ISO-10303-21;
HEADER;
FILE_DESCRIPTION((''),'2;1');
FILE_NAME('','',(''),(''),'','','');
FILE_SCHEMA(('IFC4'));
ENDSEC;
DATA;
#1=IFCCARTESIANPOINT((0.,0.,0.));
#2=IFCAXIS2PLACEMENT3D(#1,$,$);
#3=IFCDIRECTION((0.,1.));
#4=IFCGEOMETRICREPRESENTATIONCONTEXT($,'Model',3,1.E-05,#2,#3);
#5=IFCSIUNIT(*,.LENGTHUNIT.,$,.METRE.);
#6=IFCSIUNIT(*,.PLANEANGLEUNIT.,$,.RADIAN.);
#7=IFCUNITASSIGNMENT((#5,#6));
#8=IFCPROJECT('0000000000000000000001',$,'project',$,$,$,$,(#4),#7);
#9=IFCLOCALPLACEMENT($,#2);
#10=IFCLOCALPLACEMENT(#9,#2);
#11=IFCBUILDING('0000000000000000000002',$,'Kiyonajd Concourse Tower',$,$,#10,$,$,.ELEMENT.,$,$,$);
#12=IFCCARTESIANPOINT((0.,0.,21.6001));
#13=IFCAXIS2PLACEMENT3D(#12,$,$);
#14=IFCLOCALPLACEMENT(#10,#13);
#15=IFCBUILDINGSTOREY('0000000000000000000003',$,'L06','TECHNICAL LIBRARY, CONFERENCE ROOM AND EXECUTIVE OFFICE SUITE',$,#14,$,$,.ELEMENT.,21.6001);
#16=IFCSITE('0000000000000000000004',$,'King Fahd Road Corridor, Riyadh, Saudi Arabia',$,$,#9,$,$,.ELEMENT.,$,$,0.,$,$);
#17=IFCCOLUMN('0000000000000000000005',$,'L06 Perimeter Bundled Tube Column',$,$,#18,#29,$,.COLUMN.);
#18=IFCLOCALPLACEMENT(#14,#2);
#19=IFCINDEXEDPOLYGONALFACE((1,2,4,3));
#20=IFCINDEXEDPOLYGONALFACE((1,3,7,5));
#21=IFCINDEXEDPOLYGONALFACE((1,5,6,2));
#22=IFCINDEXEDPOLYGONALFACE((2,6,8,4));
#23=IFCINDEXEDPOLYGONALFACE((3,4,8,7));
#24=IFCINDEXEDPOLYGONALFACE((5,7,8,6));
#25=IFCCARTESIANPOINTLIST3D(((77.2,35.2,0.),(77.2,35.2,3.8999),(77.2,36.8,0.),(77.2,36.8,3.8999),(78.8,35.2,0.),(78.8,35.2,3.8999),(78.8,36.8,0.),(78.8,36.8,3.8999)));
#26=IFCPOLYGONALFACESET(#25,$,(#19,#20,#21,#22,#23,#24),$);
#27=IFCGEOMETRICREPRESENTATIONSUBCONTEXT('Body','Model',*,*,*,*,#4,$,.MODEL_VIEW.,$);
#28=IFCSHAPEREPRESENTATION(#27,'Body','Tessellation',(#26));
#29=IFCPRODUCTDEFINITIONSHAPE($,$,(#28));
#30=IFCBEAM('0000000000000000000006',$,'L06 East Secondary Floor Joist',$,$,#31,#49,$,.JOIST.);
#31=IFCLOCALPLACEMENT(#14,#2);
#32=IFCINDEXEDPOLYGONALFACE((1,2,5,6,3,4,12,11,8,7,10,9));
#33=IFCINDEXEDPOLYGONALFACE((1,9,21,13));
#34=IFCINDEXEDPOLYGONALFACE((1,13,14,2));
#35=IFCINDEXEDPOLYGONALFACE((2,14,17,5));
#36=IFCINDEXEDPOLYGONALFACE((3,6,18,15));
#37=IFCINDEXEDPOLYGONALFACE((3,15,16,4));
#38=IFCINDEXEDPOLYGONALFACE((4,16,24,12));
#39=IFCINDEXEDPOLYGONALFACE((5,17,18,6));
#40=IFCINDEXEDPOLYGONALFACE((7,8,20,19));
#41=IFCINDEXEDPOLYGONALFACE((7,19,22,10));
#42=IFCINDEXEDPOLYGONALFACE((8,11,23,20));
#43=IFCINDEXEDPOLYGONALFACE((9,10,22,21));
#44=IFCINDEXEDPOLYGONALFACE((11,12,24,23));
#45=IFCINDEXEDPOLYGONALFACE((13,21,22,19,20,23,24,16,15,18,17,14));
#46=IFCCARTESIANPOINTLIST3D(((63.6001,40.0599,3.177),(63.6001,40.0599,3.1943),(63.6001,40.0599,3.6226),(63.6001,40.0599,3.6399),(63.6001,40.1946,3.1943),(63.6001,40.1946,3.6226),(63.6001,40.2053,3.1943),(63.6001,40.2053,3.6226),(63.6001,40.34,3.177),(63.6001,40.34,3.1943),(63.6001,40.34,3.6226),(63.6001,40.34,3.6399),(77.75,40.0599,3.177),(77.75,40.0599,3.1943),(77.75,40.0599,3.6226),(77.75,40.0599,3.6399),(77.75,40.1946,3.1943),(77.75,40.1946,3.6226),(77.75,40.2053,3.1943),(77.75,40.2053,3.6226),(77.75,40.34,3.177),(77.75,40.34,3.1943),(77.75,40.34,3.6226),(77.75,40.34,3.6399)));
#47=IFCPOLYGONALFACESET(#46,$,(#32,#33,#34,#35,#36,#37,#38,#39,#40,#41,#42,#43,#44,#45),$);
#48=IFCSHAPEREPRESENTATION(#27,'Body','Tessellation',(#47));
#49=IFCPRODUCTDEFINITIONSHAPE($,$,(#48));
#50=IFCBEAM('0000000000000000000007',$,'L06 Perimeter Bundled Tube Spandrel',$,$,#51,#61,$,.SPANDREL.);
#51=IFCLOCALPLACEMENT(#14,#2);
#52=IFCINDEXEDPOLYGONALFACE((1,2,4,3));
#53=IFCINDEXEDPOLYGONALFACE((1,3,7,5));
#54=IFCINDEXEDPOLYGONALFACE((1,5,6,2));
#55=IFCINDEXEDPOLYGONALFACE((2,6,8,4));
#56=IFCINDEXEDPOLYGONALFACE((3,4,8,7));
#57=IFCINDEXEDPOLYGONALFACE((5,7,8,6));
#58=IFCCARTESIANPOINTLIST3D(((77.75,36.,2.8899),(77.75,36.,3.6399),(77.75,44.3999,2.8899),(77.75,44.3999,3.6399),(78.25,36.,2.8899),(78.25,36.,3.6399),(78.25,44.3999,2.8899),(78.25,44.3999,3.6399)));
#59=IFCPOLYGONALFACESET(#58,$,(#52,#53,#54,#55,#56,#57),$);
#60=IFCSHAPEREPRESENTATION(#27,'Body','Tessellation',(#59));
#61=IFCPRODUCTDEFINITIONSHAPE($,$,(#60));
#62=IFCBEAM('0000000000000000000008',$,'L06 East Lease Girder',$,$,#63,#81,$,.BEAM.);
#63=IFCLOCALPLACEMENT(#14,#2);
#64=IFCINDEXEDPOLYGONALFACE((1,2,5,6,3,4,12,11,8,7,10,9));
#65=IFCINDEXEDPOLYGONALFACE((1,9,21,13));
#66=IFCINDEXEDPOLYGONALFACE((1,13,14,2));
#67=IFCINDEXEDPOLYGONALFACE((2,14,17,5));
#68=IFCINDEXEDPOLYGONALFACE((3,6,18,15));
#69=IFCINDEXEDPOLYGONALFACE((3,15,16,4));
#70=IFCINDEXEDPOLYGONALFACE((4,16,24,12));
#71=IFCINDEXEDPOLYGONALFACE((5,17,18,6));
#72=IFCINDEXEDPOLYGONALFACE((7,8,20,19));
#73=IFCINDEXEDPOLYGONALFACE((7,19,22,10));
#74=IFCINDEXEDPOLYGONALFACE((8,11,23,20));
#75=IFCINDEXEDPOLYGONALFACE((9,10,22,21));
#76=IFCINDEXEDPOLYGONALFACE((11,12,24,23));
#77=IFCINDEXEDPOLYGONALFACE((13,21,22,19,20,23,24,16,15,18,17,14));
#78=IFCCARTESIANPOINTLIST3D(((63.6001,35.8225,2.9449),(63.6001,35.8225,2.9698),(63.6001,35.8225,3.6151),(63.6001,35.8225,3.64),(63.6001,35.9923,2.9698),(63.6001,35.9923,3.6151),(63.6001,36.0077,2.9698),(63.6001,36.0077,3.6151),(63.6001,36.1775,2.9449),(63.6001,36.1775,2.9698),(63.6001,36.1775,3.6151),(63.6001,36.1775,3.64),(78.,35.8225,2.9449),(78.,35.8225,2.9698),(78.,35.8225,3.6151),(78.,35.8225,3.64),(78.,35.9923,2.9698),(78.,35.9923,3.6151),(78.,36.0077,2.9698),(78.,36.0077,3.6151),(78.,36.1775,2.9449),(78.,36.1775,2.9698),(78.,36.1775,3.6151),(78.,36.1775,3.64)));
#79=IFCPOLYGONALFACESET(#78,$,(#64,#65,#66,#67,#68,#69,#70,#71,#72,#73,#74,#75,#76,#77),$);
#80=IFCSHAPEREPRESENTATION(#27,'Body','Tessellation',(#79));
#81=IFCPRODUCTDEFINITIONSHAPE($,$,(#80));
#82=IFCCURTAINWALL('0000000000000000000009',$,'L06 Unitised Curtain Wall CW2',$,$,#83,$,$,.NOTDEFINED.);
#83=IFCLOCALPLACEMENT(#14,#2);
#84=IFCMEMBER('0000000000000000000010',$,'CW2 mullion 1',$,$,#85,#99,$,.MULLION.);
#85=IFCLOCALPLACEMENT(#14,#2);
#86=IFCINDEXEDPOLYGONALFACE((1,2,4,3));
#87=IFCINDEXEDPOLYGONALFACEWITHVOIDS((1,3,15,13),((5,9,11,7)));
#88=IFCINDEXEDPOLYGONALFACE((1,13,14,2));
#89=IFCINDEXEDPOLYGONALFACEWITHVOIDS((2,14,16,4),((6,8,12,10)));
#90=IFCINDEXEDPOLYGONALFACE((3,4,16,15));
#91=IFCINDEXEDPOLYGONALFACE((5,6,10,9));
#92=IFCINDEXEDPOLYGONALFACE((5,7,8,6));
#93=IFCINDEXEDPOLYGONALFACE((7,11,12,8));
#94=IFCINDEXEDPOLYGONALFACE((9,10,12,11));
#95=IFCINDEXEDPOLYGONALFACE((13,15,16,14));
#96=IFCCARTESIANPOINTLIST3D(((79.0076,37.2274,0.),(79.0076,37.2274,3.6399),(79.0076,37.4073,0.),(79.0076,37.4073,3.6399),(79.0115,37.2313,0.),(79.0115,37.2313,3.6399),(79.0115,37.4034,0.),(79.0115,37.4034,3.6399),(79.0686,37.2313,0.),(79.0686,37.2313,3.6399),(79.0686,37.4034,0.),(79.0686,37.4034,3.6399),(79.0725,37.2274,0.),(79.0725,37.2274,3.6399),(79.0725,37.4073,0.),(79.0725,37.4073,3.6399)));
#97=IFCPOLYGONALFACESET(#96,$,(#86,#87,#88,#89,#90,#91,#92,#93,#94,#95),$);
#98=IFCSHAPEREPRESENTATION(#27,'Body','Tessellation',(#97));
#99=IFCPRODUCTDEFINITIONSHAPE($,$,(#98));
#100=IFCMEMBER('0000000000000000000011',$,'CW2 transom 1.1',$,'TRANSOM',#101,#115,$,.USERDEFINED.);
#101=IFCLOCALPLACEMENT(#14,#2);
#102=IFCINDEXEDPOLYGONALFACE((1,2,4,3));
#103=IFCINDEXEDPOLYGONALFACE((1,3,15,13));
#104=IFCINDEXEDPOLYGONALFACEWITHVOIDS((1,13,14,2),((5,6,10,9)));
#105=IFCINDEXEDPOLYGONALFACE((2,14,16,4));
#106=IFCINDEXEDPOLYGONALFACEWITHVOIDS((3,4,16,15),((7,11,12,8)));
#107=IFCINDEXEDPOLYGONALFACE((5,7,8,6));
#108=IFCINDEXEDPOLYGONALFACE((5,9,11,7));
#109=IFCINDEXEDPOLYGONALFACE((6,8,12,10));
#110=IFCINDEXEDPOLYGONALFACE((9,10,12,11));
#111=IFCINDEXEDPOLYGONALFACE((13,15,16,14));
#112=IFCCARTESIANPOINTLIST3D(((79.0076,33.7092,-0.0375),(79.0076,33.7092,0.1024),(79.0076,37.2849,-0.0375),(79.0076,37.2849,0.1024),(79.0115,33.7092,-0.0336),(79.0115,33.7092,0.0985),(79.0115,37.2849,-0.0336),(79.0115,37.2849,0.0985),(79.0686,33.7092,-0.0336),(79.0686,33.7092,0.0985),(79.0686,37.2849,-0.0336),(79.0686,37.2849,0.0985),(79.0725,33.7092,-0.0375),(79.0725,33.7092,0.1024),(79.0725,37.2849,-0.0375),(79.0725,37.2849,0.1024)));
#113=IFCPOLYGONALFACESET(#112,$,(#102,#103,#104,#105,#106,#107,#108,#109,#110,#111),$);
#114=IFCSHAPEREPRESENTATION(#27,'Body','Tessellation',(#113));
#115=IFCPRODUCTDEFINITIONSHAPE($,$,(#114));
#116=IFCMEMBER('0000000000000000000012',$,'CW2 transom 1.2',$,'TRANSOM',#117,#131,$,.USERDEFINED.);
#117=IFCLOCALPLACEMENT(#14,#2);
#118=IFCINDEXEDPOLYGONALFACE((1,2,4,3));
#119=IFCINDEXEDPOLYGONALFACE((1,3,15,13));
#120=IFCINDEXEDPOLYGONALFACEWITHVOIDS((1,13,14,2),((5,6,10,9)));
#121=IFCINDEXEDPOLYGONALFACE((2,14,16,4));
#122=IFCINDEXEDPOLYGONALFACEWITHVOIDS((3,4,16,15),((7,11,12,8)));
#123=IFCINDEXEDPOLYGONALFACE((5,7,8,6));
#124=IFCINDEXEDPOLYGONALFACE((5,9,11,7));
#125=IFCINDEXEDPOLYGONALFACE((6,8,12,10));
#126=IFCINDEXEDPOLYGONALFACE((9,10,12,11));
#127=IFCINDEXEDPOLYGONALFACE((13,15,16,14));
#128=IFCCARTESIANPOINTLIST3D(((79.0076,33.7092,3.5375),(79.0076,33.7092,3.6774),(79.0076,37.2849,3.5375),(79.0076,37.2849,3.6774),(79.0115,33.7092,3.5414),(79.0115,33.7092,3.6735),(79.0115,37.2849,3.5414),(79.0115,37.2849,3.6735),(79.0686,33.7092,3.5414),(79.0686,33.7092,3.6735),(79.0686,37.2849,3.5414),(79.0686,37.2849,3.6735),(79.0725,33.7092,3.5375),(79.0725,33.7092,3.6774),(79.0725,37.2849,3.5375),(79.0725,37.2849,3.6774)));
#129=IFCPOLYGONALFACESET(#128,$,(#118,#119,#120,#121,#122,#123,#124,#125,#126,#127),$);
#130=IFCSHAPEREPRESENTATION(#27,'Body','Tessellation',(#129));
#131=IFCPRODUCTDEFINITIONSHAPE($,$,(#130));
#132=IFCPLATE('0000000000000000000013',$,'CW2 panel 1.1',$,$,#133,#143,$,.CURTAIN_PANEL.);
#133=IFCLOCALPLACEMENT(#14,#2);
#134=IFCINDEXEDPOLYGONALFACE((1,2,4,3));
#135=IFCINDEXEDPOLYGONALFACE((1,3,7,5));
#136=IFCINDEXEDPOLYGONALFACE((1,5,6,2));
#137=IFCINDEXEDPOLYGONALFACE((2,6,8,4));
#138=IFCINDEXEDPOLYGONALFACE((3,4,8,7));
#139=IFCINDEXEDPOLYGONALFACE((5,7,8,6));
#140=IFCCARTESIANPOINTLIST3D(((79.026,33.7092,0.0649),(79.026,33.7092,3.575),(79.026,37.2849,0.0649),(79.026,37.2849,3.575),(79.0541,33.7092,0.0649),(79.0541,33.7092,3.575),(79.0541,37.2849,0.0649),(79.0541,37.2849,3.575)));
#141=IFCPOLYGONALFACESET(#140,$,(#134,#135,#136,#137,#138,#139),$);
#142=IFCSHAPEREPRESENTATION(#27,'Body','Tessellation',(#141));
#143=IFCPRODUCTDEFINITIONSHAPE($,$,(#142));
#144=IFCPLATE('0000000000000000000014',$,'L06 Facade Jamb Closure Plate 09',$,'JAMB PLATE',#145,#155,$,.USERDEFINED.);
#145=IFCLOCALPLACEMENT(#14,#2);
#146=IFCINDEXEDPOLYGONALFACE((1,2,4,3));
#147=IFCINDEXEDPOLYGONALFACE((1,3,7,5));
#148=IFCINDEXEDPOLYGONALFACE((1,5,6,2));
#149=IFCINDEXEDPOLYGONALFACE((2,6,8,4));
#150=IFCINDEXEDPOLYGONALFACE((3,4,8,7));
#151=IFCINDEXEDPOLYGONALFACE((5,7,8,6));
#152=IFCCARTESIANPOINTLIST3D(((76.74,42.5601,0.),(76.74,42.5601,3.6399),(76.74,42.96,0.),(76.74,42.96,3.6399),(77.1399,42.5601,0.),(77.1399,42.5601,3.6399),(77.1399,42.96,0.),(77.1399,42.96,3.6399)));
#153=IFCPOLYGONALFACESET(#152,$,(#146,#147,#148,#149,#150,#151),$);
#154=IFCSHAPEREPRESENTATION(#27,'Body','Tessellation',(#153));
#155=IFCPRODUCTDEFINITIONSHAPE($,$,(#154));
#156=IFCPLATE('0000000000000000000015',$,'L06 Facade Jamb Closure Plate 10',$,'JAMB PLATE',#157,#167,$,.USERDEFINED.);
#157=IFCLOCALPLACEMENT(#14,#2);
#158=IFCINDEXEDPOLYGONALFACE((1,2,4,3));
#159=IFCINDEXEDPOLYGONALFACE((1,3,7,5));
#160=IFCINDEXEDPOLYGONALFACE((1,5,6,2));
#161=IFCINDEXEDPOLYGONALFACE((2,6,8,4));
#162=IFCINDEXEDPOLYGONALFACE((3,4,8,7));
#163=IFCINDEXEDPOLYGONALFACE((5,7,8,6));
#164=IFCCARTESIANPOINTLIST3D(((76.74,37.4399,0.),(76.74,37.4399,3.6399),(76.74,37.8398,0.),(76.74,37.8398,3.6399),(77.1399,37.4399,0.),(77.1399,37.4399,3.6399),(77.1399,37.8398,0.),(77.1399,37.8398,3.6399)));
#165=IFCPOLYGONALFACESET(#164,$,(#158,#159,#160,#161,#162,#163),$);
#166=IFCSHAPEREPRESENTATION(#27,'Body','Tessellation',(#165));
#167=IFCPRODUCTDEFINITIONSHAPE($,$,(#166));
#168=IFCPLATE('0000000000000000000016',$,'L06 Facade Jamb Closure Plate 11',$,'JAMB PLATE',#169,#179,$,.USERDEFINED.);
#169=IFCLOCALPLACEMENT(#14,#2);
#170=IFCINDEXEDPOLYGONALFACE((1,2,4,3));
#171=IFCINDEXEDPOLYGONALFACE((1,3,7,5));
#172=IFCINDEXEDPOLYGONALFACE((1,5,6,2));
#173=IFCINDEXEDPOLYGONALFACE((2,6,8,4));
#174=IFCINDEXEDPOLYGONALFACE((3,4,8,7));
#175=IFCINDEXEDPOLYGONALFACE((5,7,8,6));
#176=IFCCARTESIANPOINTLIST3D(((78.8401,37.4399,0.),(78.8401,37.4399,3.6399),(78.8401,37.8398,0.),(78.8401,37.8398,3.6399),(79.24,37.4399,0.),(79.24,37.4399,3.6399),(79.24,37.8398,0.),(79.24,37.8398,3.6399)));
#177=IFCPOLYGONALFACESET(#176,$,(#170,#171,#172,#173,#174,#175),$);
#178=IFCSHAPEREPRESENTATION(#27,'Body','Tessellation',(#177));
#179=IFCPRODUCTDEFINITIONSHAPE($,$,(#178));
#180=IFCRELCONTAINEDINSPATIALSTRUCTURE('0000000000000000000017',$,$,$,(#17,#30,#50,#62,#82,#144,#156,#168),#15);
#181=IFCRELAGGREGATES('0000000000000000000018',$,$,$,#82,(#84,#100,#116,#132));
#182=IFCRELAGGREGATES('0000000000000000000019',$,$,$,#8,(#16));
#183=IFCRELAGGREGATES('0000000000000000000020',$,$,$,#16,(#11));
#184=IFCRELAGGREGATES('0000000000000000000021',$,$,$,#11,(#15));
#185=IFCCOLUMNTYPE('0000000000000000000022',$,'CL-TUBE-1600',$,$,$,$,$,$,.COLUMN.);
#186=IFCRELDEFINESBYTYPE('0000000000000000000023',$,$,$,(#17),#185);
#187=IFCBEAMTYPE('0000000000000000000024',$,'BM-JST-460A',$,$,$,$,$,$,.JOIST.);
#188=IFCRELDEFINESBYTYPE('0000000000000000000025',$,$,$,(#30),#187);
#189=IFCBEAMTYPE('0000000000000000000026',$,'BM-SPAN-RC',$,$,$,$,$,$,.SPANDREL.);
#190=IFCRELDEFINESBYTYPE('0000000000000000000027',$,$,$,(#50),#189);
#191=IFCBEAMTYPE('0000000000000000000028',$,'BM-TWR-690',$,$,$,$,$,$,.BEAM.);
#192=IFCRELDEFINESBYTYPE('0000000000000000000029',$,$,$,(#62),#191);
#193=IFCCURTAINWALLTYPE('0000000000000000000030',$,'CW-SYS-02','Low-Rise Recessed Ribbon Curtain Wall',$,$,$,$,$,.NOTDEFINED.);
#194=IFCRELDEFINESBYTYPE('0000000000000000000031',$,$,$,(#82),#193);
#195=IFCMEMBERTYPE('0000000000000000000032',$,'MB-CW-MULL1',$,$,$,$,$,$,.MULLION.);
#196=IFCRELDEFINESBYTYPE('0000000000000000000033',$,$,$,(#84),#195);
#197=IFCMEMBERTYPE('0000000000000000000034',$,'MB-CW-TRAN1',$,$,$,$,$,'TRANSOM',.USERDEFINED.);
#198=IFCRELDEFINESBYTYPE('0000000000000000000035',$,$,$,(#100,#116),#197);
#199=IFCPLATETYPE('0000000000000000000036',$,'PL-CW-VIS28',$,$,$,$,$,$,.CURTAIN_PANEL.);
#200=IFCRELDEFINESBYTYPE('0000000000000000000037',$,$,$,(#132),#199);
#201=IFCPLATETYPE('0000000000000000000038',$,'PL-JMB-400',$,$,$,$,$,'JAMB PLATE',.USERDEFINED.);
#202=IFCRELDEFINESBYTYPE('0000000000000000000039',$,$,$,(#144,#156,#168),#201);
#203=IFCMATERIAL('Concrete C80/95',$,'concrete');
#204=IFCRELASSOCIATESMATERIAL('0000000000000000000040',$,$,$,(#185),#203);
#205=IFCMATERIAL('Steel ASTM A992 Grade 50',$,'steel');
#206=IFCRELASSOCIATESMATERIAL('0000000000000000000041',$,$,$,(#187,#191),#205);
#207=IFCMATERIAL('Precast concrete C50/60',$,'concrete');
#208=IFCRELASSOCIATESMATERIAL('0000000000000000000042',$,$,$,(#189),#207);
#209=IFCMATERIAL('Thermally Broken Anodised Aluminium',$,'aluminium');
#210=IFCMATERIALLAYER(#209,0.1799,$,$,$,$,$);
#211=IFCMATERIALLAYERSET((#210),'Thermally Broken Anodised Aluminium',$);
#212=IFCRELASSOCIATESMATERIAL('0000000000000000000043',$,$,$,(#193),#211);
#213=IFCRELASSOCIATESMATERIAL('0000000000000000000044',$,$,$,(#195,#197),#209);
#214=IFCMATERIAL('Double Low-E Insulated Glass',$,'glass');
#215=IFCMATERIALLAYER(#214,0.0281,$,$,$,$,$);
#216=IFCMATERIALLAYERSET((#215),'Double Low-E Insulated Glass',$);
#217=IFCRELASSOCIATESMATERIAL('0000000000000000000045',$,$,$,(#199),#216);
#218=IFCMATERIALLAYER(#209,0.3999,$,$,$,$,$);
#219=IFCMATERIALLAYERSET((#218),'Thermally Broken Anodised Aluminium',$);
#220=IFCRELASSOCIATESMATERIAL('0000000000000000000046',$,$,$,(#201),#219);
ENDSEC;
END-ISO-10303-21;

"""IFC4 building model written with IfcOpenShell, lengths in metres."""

from ifc_helpers import new_model, si_unit, direction, frame, origin, origin_2d, place, context, subcontext, project, spatial, rectangle, hollow_rectangle, i_section, extrude, material, layer, layer_set, material_profile, profile_set, type_object, element, aggregate, save


model = new_model("IFC4")

# Units and contexts
model_context = context("Model", 3, precision=1e-05, world=origin(), true_north=direction((0.0, 1.0)))
body_context = subcontext(model_context, "Body", "Model", "MODEL_VIEW")
ifc_project = project(units=[si_unit("LENGTHUNIT", "METRE"), si_unit("PLANEANGLEUNIT", "RADIAN")], contexts=[model_context])

# Site, building, storey
site_placement = place(None, origin())
site = spatial("IfcSite", under=ifc_project, at=site_placement, Name="King Fahd Road Corridor, Riyadh, Saudi Arabia", CompositionType="ELEMENT", RefElevation=0.0)
building_placement = place(site_placement, origin())
building = spatial("IfcBuilding", under=site, at=building_placement, Name="Kiyonajd Concourse Tower", CompositionType="ELEMENT")
storey_placement = place(building_placement, frame((0.0, 0.0, 21.6001)))
storey = spatial("IfcBuildingStorey", under=building, at=storey_placement, Name="L06", Description="TECHNICAL LIBRARY, CONFERENCE ROOM AND EXECUTIVE OFFICE SUITE", CompositionType="ELEMENT", Elevation=21.6001)

# Column
ifc_material_1 = material(Name="Concrete C80/95", Category="concrete")
ifc_material_profile_1 = material_profile(ifc_material_1, rectangle(XDim=1.6001, YDim=1.6001, at=origin_2d()), Name="RC-1600x1600")
ifc_profile_set_1 = profile_set([ifc_material_profile_1], Name="Concrete C80/95")
column_type = type_object("IfcColumnType", Name="CL-TUBE-1600", PredefinedType="COLUMN", material=ifc_profile_set_1)
column_placement = place(storey_placement, frame((78.0, 36.0, 0.0), z_axis=(0.0, 0.0, 1.0), x_axis=(1.0, 0.0, 0.0)))
element("IfcColumn", 1, at=column_placement, inside=storey, type_object=column_type, Name="L06 Perimeter Bundled Tube Column", PredefinedType="COLUMN", context=body_context, shape_type="SweptSolid", body=[
    extrude(rectangle(XDim=1.6001, YDim=1.6001, at=origin_2d()), origin(), (0.0, 0.0, 1.0), 3.8999),
])

# Beams
ifc_material_2 = material(Name="Steel ASTM A992 Grade 50", Category="steel")
ifc_material_profile_2 = material_profile(ifc_material_2, i_section(OverallWidth=0.28, OverallDepth=0.4629, WebThickness=0.0107, FlangeThickness=0.0173, at=origin_2d()), Name="W460X113")
ifc_profile_set_2 = profile_set([ifc_material_profile_2], Name="Steel ASTM A992 Grade 50")
beam_type_1 = type_object("IfcBeamType", Name="BM-JST-460A", PredefinedType="JOIST", material=ifc_profile_set_2)
beam_1_placement = place(storey_placement, frame((63.6001, 40.2, 3.4084), z_axis=(1.0, 0.0, 0.0), x_axis=(0.0, 1.0, 0.0)))
element("IfcBeam", 2, at=beam_1_placement, inside=storey, type_object=beam_type_1, Name="L06 East Secondary Floor Joist", PredefinedType="JOIST", context=body_context, shape_type="SweptSolid", body=[
    extrude(i_section(OverallWidth=0.28, OverallDepth=0.4629, WebThickness=0.0107, FlangeThickness=0.0173, at=origin_2d()), origin(), (0.0, 0.0, 1.0), 14.1499),
])
ifc_material_3 = material(Name="Precast concrete C50/60", Category="concrete")
ifc_material_profile_3 = material_profile(ifc_material_3, rectangle(XDim=0.5, YDim=0.75, at=origin_2d()), Name="RCBM-500x750")
ifc_profile_set_3 = profile_set([ifc_material_profile_3], Name="Precast concrete C50/60")
beam_type_2 = type_object("IfcBeamType", Name="BM-SPAN-RC", PredefinedType="SPANDREL", material=ifc_profile_set_3)
beam_2_placement = place(storey_placement, frame((78.0, 36.0, 3.2649), z_axis=(0.0, 1.0, 0.0), x_axis=(-1.0, 0.0, 0.0)))
element("IfcBeam", 3, at=beam_2_placement, inside=storey, type_object=beam_type_2, Name="L06 Perimeter Bundled Tube Spandrel", PredefinedType="SPANDREL", context=body_context, shape_type="SweptSolid", body=[
    extrude(rectangle(XDim=0.5, YDim=0.75, at=origin_2d()), origin(), (0.0, 0.0, 1.0), 8.3999),
])
ifc_material_profile_4 = material_profile(ifc_material_2, i_section(OverallWidth=0.355, OverallDepth=0.6951, WebThickness=0.0154, FlangeThickness=0.0249, at=origin_2d()), Name="W690X217")
ifc_profile_set_4 = profile_set([ifc_material_profile_4], Name="Steel ASTM A992 Grade 50")
beam_type_3 = type_object("IfcBeamType", Name="BM-TWR-690", PredefinedType="BEAM", material=ifc_profile_set_4)
beam_3_placement = place(storey_placement, frame((63.6001, 36.0, 3.2925), z_axis=(1.0, 0.0, 0.0), x_axis=(0.0, 1.0, 0.0)))
element("IfcBeam", 4, at=beam_3_placement, inside=storey, type_object=beam_type_3, Name="L06 East Lease Girder", PredefinedType="BEAM", context=body_context, shape_type="SweptSolid", body=[
    extrude(i_section(OverallWidth=0.355, OverallDepth=0.6951, WebThickness=0.0154, FlangeThickness=0.0249, at=origin_2d()), origin(), (0.0, 0.0, 1.0), 14.3999),
])

# Curtain wall, members, plate
ifc_material_4 = material(Name="Thermally Broken Anodised Aluminium", Category="aluminium")
ifc_layer_1 = layer(ifc_material_4, 0.1799)
ifc_layer_set_1 = layer_set([ifc_layer_1], Name="Thermally Broken Anodised Aluminium")
curtain_wall_type = type_object("IfcCurtainWallType", Name="CW-SYS-02", Description="Low-Rise Recessed Ribbon Curtain Wall", PredefinedType="NOTDEFINED", material=ifc_layer_set_1)
curtain_wall_placement = place(storey_placement, origin())
curtain_wall = element("IfcCurtainWall", 5, at=curtain_wall_placement, inside=storey, type_object=curtain_wall_type, Name="L06 Unitised Curtain Wall CW2", PredefinedType="NOTDEFINED")
ifc_material_profile_5 = material_profile(ifc_material_4, hollow_rectangle(XDim=0.0649, YDim=0.1799, WallThickness=0.0039, at=origin_2d()), Name="MULL-65x180")
ifc_profile_set_5 = profile_set([ifc_material_profile_5], Name="Thermally Broken Anodised Aluminium")
member_type_1 = type_object("IfcMemberType", Name="MB-CW-MULL1", PredefinedType="MULLION", material=ifc_profile_set_5)
member_1_placement = place(storey_placement, frame((79.04, 37.3174, 0.0), z_axis=(0.0, 0.0, 1.0), x_axis=(1.0, 0.0, 0.0)))
member_1 = element("IfcMember", 6, at=member_1_placement, type_object=member_type_1, Name="CW2 mullion 1", PredefinedType="MULLION", context=body_context, shape_type="SweptSolid", body=[
    extrude(hollow_rectangle(XDim=0.0649, YDim=0.1799, WallThickness=0.0039, at=origin_2d()), origin(), (0.0, 0.0, 1.0), 3.6399),
])
ifc_material_profile_6 = material_profile(ifc_material_4, hollow_rectangle(XDim=0.0649, YDim=0.1399, WallThickness=0.0039, at=origin_2d()), Name="TRAN-65x140")
ifc_profile_set_6 = profile_set([ifc_material_profile_6], Name="Thermally Broken Anodised Aluminium")
member_type_2 = type_object("IfcMemberType", Name="MB-CW-TRAN1", ElementType="TRANSOM", PredefinedType="USERDEFINED", material=ifc_profile_set_6)
member_2_placement = place(storey_placement, frame((79.04, 37.2849, 0.0325), z_axis=(0.0, -1.0, 0.0), x_axis=(1.0, 0.0, 0.0)))
member_2 = element("IfcMember", 7, at=member_2_placement, type_object=member_type_2, Name="CW2 transom 1.1", ObjectType="TRANSOM", PredefinedType="USERDEFINED", context=body_context, shape_type="SweptSolid", body=[
    extrude(hollow_rectangle(XDim=0.0649, YDim=0.1399, WallThickness=0.0039, at=origin_2d()), origin(), (0.0, 0.0, 1.0), 3.5757),
])
member_3_placement = place(storey_placement, frame((79.04, 37.2849, 3.6074), z_axis=(0.0, -1.0, 0.0), x_axis=(1.0, 0.0, 0.0)))
member_3 = element("IfcMember", 8, at=member_3_placement, type_object=member_type_2, Name="CW2 transom 1.2", ObjectType="TRANSOM", PredefinedType="USERDEFINED", context=body_context, shape_type="SweptSolid", body=[
    extrude(hollow_rectangle(XDim=0.0649, YDim=0.1399, WallThickness=0.0039, at=origin_2d()), origin(), (0.0, 0.0, 1.0), 3.5757),
])
ifc_material_5 = material(Name="Double Low-E Insulated Glass", Category="glass")
ifc_layer_2 = layer(ifc_material_5, 0.0281)
ifc_layer_set_2 = layer_set([ifc_layer_2], Name="Double Low-E Insulated Glass")
plate_type_1 = type_object("IfcPlateType", Name="PL-CW-VIS28", PredefinedType="CURTAIN_PANEL", material=ifc_layer_set_2)
plate_placement = place(storey_placement, frame((79.04, 35.4971, 0.0649), z_axis=(0.0, 0.0, 1.0), x_axis=(0.0, -1.0, 0.0)))
plate = element("IfcPlate", 9, at=plate_placement, type_object=plate_type_1, Name="CW2 panel 1.1", PredefinedType="CURTAIN_PANEL", context=body_context, shape_type="SweptSolid", body=[
    extrude(rectangle(XDim=3.5757, YDim=0.0281, at=origin_2d()), origin(), (0.0, 0.0, 1.0), 3.51),
])
aggregate(curtain_wall, [member_1, member_2, member_3, plate])

# Plates
ifc_layer_3 = layer(ifc_material_4, 0.3999)
ifc_layer_set_3 = layer_set([ifc_layer_3], Name="Thermally Broken Anodised Aluminium")
plate_type_2 = type_object("IfcPlateType", Name="PL-JMB-400", ElementType="JAMB PLATE", PredefinedType="USERDEFINED", material=ifc_layer_set_3)
for number, where, z_axis, x_axis, name in (
    (10, (76.9399, 42.76, 0.0), (0.0, 0.0, 1.0), (1.0, 0.0, 0.0), "L06 Facade Jamb Closure Plate 09"),
    (11, (76.9399, 37.6399, 0.0), (0.0, 0.0, 1.0), (1.0, 0.0, 0.0), "L06 Facade Jamb Closure Plate 10"),
    (12, (79.04, 37.6399, 0.0), (0.0, 0.0, 1.0), (1.0, 0.0, 0.0), "L06 Facade Jamb Closure Plate 11"),
):
    element("IfcPlate", number, at=place(storey_placement, frame(where, z_axis=z_axis, x_axis=x_axis)), inside=storey, type_object=plate_type_2, Name=name, ObjectType="JAMB PLATE", PredefinedType="USERDEFINED", context=body_context, shape_type="SweptSolid", body=[
        extrude(rectangle(XDim=0.3999, YDim=0.3999, at=origin_2d()), origin(), (0.0, 0.0, 1.0), 3.6399),
    ])

save(model, "model.ifc")
